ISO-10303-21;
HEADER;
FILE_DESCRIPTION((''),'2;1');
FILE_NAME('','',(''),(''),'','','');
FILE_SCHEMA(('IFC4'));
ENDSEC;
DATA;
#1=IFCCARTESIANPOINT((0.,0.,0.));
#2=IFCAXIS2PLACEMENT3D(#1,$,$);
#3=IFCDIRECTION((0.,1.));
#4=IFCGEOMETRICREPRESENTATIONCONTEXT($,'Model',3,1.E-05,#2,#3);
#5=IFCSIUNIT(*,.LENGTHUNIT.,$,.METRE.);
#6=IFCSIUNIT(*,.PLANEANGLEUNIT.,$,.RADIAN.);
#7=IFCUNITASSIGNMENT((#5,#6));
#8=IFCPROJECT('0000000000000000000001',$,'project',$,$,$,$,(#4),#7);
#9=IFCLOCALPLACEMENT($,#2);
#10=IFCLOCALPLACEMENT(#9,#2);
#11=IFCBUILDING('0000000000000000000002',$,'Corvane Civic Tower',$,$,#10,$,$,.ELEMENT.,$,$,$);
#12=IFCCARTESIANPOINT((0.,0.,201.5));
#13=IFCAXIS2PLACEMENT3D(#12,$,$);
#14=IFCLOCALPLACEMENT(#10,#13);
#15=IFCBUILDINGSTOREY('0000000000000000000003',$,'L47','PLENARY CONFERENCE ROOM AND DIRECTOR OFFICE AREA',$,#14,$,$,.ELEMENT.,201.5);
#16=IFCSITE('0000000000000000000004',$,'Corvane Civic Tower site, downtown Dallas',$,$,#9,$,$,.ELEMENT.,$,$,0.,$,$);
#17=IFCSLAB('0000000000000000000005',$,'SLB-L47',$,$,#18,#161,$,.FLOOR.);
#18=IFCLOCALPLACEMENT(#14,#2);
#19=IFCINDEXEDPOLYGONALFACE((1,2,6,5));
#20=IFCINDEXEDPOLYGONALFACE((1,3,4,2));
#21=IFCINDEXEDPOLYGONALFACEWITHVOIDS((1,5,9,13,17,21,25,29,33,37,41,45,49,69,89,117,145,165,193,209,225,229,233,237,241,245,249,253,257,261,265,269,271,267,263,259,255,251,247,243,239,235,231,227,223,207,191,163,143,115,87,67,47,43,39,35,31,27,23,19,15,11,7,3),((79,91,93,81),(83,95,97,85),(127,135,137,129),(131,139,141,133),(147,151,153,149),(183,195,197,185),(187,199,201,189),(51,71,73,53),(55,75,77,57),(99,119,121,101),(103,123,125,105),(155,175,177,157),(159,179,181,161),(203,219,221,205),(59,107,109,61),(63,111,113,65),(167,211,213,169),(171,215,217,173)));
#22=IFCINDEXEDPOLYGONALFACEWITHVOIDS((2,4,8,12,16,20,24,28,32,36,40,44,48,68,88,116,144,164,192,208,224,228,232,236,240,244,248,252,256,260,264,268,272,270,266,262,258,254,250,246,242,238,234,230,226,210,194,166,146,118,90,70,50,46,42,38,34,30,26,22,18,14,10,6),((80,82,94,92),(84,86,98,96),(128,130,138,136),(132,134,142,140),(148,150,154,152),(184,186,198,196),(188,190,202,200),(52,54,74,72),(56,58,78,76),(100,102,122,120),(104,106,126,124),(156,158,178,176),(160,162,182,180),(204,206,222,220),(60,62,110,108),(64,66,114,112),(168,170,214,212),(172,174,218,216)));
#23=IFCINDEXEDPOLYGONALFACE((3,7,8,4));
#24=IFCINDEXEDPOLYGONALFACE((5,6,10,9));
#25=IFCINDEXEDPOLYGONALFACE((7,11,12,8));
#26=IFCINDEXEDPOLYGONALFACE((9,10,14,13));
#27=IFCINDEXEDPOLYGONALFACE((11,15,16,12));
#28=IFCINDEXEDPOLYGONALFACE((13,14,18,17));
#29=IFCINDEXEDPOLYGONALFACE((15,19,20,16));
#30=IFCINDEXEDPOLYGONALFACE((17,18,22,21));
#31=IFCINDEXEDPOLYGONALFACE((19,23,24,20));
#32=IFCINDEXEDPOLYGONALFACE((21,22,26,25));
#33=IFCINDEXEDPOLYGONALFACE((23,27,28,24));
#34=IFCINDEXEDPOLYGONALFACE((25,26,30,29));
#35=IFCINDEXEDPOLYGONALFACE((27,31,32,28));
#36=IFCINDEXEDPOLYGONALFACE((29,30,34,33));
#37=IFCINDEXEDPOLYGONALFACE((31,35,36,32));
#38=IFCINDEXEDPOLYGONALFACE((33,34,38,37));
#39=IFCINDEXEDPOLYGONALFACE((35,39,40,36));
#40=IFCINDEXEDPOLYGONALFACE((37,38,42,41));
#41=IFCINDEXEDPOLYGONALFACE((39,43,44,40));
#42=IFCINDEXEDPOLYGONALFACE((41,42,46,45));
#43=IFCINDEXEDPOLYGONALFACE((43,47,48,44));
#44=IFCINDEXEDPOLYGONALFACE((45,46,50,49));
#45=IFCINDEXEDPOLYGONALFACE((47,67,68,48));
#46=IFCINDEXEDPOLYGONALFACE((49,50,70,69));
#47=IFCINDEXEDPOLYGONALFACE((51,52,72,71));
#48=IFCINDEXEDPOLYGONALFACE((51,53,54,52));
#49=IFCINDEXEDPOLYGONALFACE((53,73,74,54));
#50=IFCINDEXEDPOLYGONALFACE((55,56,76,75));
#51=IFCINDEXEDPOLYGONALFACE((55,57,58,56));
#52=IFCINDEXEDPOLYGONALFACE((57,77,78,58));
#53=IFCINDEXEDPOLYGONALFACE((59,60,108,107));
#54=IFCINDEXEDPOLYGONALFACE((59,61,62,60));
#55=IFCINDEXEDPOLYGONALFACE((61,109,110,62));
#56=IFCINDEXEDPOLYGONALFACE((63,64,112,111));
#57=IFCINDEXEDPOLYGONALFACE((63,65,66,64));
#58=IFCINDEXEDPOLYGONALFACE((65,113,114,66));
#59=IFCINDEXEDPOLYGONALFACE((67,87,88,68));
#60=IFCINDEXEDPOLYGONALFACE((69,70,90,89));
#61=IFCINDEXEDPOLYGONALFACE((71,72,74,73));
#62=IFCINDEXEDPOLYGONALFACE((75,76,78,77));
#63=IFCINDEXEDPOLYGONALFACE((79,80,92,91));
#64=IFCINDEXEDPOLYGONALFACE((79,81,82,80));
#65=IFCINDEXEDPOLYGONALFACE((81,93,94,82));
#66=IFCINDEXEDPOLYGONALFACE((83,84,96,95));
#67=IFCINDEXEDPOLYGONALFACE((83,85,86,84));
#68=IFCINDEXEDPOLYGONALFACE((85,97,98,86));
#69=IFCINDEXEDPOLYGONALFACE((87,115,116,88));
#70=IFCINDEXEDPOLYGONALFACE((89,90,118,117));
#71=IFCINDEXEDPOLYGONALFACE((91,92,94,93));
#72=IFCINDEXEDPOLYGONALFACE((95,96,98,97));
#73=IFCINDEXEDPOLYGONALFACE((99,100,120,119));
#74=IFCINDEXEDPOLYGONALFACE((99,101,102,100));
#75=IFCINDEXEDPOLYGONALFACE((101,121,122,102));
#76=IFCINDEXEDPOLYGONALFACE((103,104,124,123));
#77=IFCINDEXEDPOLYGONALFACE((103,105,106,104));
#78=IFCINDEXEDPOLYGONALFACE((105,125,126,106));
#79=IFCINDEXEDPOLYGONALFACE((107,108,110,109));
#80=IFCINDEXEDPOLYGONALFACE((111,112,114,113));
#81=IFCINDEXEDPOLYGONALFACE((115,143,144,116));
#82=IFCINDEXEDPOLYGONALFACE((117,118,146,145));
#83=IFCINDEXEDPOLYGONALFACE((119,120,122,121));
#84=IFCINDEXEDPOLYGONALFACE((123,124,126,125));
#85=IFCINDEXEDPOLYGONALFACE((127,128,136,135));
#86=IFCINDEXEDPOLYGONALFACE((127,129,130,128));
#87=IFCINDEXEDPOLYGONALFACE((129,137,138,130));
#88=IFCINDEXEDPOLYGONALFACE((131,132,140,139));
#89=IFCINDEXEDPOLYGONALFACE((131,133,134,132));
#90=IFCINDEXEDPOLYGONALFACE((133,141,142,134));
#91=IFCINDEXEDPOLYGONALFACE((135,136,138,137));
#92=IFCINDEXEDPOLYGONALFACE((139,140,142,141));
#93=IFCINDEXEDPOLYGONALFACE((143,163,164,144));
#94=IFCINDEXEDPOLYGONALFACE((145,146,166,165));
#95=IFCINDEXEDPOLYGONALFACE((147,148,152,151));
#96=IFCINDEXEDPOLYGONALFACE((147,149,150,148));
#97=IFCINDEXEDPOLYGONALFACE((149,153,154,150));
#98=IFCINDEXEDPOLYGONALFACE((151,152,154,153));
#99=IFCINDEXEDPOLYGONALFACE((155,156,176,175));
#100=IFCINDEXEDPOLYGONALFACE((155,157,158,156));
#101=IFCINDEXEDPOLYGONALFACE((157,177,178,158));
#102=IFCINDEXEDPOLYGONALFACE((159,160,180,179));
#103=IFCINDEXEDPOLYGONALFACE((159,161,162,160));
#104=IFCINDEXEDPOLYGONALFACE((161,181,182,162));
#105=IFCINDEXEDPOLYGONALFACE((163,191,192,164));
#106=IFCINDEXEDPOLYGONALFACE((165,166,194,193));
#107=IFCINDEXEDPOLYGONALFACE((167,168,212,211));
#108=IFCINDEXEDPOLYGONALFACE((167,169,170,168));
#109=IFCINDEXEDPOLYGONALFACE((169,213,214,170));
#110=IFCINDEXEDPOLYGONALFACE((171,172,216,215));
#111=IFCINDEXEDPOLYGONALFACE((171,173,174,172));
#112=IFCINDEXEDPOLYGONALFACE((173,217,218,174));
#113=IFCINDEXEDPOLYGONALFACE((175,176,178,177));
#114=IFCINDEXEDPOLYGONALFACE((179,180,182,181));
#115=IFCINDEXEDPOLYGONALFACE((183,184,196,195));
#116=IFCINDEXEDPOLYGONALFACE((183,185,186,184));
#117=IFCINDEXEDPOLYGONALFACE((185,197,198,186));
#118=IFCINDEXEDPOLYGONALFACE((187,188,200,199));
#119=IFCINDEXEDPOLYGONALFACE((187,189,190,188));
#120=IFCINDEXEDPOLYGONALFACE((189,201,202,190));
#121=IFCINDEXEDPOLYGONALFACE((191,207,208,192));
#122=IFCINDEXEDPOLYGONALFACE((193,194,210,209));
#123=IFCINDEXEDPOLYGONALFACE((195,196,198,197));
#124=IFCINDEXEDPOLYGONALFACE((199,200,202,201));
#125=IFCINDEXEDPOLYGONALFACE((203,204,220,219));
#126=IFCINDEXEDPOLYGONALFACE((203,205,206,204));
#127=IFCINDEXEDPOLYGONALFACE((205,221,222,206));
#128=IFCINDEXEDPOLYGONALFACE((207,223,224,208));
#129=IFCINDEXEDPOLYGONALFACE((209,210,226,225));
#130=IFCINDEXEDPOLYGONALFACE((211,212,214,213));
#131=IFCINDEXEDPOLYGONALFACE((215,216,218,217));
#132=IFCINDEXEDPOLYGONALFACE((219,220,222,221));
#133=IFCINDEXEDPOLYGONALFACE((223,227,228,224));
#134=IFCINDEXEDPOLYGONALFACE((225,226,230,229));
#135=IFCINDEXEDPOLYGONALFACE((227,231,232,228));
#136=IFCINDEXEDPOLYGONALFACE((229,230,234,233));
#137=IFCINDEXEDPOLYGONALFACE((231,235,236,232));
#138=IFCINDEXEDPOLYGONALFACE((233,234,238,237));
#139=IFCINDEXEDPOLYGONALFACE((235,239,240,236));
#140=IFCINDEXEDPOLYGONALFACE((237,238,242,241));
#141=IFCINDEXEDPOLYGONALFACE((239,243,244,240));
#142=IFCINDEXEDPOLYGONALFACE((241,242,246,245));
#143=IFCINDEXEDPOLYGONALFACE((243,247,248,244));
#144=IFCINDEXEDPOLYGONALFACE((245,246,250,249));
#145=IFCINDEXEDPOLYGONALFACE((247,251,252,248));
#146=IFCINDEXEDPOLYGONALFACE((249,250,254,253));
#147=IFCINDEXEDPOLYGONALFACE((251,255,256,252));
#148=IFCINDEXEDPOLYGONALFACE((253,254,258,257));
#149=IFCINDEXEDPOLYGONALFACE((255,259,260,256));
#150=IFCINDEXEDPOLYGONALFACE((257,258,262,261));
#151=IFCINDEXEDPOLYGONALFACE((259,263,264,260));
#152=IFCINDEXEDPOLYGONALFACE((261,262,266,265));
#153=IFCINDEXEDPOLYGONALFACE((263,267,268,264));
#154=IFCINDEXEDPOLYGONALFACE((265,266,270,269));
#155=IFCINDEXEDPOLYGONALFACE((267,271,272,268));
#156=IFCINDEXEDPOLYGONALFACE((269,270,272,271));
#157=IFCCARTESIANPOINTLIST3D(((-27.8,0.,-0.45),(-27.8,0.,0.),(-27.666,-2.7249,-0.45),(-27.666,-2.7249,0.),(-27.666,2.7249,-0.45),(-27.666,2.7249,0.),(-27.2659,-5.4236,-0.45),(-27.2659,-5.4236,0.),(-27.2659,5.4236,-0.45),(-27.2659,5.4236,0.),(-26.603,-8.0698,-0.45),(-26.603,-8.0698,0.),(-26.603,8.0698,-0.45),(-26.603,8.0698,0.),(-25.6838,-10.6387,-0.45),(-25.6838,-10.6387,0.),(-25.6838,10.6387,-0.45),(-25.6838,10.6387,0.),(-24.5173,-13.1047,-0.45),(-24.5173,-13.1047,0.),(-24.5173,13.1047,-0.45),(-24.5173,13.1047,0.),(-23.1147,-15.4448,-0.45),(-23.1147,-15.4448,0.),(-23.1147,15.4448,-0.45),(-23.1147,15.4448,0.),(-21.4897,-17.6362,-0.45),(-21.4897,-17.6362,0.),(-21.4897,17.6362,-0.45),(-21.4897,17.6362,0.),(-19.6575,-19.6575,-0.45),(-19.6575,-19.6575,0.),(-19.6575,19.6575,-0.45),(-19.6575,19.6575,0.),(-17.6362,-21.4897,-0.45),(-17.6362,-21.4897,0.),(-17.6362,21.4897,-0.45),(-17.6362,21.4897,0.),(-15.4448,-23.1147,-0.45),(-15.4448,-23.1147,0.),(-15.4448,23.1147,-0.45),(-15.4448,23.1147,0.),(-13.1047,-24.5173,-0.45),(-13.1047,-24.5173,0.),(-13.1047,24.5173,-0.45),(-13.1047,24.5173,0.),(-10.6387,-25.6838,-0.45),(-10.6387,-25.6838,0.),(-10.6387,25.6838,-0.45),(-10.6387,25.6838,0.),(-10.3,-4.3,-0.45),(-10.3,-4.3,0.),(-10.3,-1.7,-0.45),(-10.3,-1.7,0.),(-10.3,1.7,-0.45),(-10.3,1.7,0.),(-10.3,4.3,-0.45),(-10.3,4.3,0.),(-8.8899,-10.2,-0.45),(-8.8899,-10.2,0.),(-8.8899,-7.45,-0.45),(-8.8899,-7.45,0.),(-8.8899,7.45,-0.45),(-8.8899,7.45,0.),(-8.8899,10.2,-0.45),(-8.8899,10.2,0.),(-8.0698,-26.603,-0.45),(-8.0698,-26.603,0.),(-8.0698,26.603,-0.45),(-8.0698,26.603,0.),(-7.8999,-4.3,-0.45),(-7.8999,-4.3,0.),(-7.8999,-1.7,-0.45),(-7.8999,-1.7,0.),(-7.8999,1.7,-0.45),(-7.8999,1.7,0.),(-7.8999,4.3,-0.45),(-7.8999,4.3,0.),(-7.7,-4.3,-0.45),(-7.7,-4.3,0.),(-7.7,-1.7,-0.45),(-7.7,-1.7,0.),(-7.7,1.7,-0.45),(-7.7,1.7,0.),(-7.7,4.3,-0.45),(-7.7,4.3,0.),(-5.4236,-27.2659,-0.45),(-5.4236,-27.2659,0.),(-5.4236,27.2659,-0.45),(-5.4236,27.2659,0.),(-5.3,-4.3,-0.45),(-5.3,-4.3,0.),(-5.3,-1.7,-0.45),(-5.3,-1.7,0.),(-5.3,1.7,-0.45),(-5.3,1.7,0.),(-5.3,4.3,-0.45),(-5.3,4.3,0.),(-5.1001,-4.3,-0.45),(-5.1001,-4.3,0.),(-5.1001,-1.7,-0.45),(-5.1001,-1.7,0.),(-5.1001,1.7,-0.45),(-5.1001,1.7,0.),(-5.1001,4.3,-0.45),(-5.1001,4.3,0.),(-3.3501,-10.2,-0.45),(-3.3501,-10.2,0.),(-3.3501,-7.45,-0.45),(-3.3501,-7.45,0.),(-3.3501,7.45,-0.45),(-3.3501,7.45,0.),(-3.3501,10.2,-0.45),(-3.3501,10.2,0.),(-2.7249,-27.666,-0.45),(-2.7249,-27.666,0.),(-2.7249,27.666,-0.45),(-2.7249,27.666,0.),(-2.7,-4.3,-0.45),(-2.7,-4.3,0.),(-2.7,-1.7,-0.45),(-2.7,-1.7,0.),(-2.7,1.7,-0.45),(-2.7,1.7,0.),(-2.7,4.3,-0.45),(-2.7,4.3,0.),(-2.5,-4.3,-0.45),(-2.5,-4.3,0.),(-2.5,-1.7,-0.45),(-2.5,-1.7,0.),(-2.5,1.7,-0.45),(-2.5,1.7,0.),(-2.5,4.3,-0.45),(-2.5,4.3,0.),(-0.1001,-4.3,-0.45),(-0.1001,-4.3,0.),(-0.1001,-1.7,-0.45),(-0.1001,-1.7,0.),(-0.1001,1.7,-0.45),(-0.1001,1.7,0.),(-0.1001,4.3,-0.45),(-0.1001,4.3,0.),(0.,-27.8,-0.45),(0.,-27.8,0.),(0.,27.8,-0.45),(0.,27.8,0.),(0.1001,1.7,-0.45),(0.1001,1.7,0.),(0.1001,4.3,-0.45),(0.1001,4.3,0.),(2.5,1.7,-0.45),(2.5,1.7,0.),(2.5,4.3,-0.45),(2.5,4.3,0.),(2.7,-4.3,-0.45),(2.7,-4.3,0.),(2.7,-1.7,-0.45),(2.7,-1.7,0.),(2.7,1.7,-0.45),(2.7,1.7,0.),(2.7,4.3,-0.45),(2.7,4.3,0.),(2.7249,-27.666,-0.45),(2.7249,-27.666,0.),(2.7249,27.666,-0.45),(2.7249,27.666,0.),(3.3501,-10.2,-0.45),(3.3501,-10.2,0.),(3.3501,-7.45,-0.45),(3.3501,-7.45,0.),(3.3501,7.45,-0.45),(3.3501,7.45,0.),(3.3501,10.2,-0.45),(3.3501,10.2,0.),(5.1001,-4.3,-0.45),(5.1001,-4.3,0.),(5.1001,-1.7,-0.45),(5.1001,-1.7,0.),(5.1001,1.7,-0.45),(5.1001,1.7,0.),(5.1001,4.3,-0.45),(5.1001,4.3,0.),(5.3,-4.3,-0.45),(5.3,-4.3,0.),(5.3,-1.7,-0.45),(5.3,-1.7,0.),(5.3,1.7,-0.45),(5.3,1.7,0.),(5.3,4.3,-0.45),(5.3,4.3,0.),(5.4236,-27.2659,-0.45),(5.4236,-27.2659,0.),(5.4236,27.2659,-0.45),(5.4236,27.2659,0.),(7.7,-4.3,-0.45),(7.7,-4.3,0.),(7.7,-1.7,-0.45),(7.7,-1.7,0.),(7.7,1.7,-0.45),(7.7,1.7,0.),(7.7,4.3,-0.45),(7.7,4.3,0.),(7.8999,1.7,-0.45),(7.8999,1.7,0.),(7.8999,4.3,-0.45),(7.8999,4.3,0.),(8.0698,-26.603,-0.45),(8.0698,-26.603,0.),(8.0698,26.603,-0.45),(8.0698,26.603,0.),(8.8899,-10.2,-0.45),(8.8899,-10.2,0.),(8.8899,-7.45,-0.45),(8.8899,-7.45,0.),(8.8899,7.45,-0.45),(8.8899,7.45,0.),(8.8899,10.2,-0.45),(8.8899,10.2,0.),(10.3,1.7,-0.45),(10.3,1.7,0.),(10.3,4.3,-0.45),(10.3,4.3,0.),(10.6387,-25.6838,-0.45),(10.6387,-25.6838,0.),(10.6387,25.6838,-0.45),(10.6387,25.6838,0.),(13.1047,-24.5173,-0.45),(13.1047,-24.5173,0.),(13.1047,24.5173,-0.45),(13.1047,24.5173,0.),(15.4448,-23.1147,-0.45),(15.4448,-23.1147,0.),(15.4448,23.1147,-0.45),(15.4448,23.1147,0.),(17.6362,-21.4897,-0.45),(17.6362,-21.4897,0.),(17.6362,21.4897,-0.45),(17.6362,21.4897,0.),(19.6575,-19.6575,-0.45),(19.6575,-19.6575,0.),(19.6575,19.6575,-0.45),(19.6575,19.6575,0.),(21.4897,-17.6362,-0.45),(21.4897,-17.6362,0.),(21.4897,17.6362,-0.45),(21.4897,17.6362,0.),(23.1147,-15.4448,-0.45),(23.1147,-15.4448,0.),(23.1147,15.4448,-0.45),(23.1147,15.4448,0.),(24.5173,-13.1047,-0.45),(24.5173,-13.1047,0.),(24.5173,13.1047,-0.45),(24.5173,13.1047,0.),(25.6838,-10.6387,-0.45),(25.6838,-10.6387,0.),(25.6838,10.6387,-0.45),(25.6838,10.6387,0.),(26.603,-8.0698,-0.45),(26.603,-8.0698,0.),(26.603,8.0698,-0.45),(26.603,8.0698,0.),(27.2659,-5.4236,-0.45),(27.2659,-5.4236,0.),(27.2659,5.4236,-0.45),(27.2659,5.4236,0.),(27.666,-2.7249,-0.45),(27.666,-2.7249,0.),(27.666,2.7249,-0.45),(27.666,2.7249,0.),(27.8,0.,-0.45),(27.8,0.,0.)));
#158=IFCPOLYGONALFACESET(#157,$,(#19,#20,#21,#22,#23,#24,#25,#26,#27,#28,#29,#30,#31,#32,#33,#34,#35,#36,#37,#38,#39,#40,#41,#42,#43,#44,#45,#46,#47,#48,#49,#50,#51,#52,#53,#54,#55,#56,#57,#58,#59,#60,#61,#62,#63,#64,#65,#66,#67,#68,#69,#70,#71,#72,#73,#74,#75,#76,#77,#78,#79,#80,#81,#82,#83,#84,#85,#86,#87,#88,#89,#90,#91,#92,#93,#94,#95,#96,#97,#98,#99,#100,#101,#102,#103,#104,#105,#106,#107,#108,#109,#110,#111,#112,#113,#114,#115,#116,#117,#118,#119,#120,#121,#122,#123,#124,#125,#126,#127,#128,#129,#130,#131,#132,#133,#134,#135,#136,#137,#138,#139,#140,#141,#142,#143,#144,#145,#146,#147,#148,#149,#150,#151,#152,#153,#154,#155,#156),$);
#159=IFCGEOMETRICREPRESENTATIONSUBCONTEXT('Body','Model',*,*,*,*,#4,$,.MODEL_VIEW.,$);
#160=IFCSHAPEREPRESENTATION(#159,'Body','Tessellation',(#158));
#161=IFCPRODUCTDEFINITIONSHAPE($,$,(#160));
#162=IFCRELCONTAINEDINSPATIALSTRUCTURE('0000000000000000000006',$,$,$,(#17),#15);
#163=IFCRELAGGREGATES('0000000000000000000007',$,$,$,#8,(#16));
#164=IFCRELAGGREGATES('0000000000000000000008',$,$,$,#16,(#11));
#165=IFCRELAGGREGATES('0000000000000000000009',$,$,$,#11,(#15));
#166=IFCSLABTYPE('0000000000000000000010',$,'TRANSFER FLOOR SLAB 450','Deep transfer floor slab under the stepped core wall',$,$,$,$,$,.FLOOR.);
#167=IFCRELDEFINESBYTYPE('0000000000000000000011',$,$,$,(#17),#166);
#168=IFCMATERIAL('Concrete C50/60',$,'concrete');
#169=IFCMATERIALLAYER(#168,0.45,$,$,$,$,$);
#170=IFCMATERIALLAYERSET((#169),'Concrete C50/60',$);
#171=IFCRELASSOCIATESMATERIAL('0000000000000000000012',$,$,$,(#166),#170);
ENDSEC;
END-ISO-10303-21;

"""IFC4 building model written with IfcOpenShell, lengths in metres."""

from ifc_helpers import new_model, si_unit, direction, frame, origin, place, context, subcontext, project, spatial, polyline, outline, extrude, material, layer, layer_set, type_object, element, save


model = new_model("IFC4")

# Units and contexts
model_context = context("Model", 3, precision=1e-05, world=origin(), true_north=direction((0.0, 1.0)))
body_context = subcontext(model_context, "Body", "Model", "MODEL_VIEW")
ifc_project = project(units=[si_unit("LENGTHUNIT", "METRE"), si_unit("PLANEANGLEUNIT", "RADIAN")], contexts=[model_context])

# Site, building, storey
site_placement = place(None, origin())
site = spatial("IfcSite", under=ifc_project, at=site_placement, Name="Corvane Civic Tower site, downtown Dallas", CompositionType="ELEMENT", RefElevation=0.0)
building_placement = place(site_placement, origin())
building = spatial("IfcBuilding", under=site, at=building_placement, Name="Corvane Civic Tower", CompositionType="ELEMENT")
storey_placement = place(building_placement, frame((0.0, 0.0, 201.5)))
storey = spatial("IfcBuildingStorey", under=building, at=storey_placement, Name="L47", Description="PLENARY CONFERENCE ROOM AND DIRECTOR OFFICE AREA", CompositionType="ELEMENT", Elevation=201.5)

# Slab
ifc_material_1 = material(Name="Concrete C50/60", Category="concrete")
ifc_layer_1 = layer(ifc_material_1, 0.45)
ifc_layer_set_1 = layer_set([ifc_layer_1], Name="Concrete C50/60")
slab_type_1 = type_object("IfcSlabType", Name="TRANSFER FLOOR SLAB 450", Description="Deep transfer floor slab under the stepped core wall", PredefinedType="FLOOR", material=ifc_layer_set_1)
slab_1_placement = place(storey_placement, frame((0.0, 0.0, -0.45)))
element("IfcSlab", 1, at=slab_1_placement, inside=storey, type_object=slab_type_1, Name="SLB-L47", PredefinedType="FLOOR", context=body_context, shape_type="SweptSolid", body=[
    extrude(outline(polyline([(0.0, 27.8), (-2.7249, 27.666), (-5.4236, 27.2659), (-8.0698, 26.603), (-10.6387, 25.6838), (-13.1047, 24.5173), (-15.4448, 23.1147), (-17.6362, 21.4897), (-19.6575, 19.6575), (-21.4897, 17.6362), (-23.1147, 15.4448), (-24.5173, 13.1047), (-25.6838, 10.6387), (-26.603, 8.0698), (-27.2659, 5.4236), (-27.666, 2.7249), (-27.8, 0.0), (-27.666, -2.7249), (-27.2659, -5.4236), (-26.603, -8.0698), (-25.6838, -10.6387), (-24.5173, -13.1047), (-23.1147, -15.4448), (-21.4897, -17.6362), (-19.6575, -19.6575), (-17.6362, -21.4897), (-15.4448, -23.1147), (-13.1047, -24.5173), (-10.6387, -25.6838), (-8.0698, -26.603), (-5.4236, -27.2659), (-2.7249, -27.666), (0.0, -27.8), (2.7249, -27.666), (5.4236, -27.2659), (8.0698, -26.603), (10.6387, -25.6838), (13.1047, -24.5173), (15.4448, -23.1147), (17.6362, -21.4897), (19.6575, -19.6575), (21.4897, -17.6362), (23.1147, -15.4448), (24.5173, -13.1047), (25.6838, -10.6387), (26.603, -8.0698), (27.2659, -5.4236), (27.666, -2.7249), (27.8, 0.0), (27.666, 2.7249), (27.2659, 5.4236), (26.603, 8.0698), (25.6838, 10.6387), (24.5173, 13.1047), (23.1147, 15.4448), (21.4897, 17.6362), (19.6575, 19.6575), (17.6362, 21.4897), (15.4448, 23.1147), (13.1047, 24.5173), (10.6387, 25.6838), (8.0698, 26.603), (5.4236, 27.2659), (2.7249, 27.666), (0.0, 27.8)]), holes=[polyline([(-7.8999, 1.7), (-10.3, 1.7), (-10.3, 4.3), (-7.8999, 4.3), (-7.8999, 1.7)]), polyline([(-5.3, 1.7), (-7.7, 1.7), (-7.7, 4.3), (-5.3, 4.3), (-5.3, 1.7)]), polyline([(-5.1001, 4.3), (-2.7, 4.3), (-2.7, 1.7), (-5.1001, 1.7), (-5.1001, 4.3)]), polyline([(-2.5, 4.3), (-0.1001, 4.3), (-0.1001, 1.7), (-2.5, 1.7), (-2.5, 4.3)]), polyline([(0.1001, 4.3), (2.5, 4.3), (2.5, 1.7), (0.1001, 1.7), (0.1001, 4.3)]), polyline([(2.7, 4.3), (5.1001, 4.3), (5.1001, 1.7), (2.7, 1.7), (2.7, 4.3)]), polyline([(5.3, 4.3), (7.7, 4.3), (7.7, 1.7), (5.3, 1.7), (5.3, 4.3)]), polyline([(7.8999, 4.3), (10.3, 4.3), (10.3, 1.7), (7.8999, 1.7), (7.8999, 4.3)]), polyline([(-10.3, -4.3), (-10.3, -1.7), (-7.8999, -1.7), (-7.8999, -4.3), (-10.3, -4.3)]), polyline([(-5.3, -1.7), (-5.3, -4.3), (-7.7, -4.3), (-7.7, -1.7), (-5.3, -1.7)]), polyline([(-5.1001, -4.3), (-5.1001, -1.7), (-2.7, -1.7), (-2.7, -4.3), (-5.1001, -4.3)]), polyline([(-0.1001, -1.7), (-0.1001, -4.3), (-2.5, -4.3), (-2.5, -1.7), (-0.1001, -1.7)]), polyline([(5.1001, -1.7), (5.1001, -4.3), (2.7, -4.3), (2.7, -1.7), (5.1001, -1.7)]), polyline([(7.7, -1.7), (7.7, -4.3), (5.3, -4.3), (5.3, -1.7), (7.7, -1.7)]), polyline([(8.8899, 10.2), (8.8899, 7.45), (3.3501, 7.45), (3.3501, 10.2), (8.8899, 10.2)]), polyline([(-8.8899, 7.45), (-8.8899, 10.2), (-3.3501, 10.2), (-3.3501, 7.45), (-8.8899, 7.45)]), polyline([(8.8899, -7.45), (8.8899, -10.2), (3.3501, -10.2), (3.3501, -7.45), (8.8899, -7.45)]), polyline([(-8.8899, -10.2), (-8.8899, -7.45), (-3.3501, -7.45), (-3.3501, -10.2), (-8.8899, -10.2)])]), origin(), (0.0, 0.0, 1.0), 0.45),
])

save(model, "model.ifc")
